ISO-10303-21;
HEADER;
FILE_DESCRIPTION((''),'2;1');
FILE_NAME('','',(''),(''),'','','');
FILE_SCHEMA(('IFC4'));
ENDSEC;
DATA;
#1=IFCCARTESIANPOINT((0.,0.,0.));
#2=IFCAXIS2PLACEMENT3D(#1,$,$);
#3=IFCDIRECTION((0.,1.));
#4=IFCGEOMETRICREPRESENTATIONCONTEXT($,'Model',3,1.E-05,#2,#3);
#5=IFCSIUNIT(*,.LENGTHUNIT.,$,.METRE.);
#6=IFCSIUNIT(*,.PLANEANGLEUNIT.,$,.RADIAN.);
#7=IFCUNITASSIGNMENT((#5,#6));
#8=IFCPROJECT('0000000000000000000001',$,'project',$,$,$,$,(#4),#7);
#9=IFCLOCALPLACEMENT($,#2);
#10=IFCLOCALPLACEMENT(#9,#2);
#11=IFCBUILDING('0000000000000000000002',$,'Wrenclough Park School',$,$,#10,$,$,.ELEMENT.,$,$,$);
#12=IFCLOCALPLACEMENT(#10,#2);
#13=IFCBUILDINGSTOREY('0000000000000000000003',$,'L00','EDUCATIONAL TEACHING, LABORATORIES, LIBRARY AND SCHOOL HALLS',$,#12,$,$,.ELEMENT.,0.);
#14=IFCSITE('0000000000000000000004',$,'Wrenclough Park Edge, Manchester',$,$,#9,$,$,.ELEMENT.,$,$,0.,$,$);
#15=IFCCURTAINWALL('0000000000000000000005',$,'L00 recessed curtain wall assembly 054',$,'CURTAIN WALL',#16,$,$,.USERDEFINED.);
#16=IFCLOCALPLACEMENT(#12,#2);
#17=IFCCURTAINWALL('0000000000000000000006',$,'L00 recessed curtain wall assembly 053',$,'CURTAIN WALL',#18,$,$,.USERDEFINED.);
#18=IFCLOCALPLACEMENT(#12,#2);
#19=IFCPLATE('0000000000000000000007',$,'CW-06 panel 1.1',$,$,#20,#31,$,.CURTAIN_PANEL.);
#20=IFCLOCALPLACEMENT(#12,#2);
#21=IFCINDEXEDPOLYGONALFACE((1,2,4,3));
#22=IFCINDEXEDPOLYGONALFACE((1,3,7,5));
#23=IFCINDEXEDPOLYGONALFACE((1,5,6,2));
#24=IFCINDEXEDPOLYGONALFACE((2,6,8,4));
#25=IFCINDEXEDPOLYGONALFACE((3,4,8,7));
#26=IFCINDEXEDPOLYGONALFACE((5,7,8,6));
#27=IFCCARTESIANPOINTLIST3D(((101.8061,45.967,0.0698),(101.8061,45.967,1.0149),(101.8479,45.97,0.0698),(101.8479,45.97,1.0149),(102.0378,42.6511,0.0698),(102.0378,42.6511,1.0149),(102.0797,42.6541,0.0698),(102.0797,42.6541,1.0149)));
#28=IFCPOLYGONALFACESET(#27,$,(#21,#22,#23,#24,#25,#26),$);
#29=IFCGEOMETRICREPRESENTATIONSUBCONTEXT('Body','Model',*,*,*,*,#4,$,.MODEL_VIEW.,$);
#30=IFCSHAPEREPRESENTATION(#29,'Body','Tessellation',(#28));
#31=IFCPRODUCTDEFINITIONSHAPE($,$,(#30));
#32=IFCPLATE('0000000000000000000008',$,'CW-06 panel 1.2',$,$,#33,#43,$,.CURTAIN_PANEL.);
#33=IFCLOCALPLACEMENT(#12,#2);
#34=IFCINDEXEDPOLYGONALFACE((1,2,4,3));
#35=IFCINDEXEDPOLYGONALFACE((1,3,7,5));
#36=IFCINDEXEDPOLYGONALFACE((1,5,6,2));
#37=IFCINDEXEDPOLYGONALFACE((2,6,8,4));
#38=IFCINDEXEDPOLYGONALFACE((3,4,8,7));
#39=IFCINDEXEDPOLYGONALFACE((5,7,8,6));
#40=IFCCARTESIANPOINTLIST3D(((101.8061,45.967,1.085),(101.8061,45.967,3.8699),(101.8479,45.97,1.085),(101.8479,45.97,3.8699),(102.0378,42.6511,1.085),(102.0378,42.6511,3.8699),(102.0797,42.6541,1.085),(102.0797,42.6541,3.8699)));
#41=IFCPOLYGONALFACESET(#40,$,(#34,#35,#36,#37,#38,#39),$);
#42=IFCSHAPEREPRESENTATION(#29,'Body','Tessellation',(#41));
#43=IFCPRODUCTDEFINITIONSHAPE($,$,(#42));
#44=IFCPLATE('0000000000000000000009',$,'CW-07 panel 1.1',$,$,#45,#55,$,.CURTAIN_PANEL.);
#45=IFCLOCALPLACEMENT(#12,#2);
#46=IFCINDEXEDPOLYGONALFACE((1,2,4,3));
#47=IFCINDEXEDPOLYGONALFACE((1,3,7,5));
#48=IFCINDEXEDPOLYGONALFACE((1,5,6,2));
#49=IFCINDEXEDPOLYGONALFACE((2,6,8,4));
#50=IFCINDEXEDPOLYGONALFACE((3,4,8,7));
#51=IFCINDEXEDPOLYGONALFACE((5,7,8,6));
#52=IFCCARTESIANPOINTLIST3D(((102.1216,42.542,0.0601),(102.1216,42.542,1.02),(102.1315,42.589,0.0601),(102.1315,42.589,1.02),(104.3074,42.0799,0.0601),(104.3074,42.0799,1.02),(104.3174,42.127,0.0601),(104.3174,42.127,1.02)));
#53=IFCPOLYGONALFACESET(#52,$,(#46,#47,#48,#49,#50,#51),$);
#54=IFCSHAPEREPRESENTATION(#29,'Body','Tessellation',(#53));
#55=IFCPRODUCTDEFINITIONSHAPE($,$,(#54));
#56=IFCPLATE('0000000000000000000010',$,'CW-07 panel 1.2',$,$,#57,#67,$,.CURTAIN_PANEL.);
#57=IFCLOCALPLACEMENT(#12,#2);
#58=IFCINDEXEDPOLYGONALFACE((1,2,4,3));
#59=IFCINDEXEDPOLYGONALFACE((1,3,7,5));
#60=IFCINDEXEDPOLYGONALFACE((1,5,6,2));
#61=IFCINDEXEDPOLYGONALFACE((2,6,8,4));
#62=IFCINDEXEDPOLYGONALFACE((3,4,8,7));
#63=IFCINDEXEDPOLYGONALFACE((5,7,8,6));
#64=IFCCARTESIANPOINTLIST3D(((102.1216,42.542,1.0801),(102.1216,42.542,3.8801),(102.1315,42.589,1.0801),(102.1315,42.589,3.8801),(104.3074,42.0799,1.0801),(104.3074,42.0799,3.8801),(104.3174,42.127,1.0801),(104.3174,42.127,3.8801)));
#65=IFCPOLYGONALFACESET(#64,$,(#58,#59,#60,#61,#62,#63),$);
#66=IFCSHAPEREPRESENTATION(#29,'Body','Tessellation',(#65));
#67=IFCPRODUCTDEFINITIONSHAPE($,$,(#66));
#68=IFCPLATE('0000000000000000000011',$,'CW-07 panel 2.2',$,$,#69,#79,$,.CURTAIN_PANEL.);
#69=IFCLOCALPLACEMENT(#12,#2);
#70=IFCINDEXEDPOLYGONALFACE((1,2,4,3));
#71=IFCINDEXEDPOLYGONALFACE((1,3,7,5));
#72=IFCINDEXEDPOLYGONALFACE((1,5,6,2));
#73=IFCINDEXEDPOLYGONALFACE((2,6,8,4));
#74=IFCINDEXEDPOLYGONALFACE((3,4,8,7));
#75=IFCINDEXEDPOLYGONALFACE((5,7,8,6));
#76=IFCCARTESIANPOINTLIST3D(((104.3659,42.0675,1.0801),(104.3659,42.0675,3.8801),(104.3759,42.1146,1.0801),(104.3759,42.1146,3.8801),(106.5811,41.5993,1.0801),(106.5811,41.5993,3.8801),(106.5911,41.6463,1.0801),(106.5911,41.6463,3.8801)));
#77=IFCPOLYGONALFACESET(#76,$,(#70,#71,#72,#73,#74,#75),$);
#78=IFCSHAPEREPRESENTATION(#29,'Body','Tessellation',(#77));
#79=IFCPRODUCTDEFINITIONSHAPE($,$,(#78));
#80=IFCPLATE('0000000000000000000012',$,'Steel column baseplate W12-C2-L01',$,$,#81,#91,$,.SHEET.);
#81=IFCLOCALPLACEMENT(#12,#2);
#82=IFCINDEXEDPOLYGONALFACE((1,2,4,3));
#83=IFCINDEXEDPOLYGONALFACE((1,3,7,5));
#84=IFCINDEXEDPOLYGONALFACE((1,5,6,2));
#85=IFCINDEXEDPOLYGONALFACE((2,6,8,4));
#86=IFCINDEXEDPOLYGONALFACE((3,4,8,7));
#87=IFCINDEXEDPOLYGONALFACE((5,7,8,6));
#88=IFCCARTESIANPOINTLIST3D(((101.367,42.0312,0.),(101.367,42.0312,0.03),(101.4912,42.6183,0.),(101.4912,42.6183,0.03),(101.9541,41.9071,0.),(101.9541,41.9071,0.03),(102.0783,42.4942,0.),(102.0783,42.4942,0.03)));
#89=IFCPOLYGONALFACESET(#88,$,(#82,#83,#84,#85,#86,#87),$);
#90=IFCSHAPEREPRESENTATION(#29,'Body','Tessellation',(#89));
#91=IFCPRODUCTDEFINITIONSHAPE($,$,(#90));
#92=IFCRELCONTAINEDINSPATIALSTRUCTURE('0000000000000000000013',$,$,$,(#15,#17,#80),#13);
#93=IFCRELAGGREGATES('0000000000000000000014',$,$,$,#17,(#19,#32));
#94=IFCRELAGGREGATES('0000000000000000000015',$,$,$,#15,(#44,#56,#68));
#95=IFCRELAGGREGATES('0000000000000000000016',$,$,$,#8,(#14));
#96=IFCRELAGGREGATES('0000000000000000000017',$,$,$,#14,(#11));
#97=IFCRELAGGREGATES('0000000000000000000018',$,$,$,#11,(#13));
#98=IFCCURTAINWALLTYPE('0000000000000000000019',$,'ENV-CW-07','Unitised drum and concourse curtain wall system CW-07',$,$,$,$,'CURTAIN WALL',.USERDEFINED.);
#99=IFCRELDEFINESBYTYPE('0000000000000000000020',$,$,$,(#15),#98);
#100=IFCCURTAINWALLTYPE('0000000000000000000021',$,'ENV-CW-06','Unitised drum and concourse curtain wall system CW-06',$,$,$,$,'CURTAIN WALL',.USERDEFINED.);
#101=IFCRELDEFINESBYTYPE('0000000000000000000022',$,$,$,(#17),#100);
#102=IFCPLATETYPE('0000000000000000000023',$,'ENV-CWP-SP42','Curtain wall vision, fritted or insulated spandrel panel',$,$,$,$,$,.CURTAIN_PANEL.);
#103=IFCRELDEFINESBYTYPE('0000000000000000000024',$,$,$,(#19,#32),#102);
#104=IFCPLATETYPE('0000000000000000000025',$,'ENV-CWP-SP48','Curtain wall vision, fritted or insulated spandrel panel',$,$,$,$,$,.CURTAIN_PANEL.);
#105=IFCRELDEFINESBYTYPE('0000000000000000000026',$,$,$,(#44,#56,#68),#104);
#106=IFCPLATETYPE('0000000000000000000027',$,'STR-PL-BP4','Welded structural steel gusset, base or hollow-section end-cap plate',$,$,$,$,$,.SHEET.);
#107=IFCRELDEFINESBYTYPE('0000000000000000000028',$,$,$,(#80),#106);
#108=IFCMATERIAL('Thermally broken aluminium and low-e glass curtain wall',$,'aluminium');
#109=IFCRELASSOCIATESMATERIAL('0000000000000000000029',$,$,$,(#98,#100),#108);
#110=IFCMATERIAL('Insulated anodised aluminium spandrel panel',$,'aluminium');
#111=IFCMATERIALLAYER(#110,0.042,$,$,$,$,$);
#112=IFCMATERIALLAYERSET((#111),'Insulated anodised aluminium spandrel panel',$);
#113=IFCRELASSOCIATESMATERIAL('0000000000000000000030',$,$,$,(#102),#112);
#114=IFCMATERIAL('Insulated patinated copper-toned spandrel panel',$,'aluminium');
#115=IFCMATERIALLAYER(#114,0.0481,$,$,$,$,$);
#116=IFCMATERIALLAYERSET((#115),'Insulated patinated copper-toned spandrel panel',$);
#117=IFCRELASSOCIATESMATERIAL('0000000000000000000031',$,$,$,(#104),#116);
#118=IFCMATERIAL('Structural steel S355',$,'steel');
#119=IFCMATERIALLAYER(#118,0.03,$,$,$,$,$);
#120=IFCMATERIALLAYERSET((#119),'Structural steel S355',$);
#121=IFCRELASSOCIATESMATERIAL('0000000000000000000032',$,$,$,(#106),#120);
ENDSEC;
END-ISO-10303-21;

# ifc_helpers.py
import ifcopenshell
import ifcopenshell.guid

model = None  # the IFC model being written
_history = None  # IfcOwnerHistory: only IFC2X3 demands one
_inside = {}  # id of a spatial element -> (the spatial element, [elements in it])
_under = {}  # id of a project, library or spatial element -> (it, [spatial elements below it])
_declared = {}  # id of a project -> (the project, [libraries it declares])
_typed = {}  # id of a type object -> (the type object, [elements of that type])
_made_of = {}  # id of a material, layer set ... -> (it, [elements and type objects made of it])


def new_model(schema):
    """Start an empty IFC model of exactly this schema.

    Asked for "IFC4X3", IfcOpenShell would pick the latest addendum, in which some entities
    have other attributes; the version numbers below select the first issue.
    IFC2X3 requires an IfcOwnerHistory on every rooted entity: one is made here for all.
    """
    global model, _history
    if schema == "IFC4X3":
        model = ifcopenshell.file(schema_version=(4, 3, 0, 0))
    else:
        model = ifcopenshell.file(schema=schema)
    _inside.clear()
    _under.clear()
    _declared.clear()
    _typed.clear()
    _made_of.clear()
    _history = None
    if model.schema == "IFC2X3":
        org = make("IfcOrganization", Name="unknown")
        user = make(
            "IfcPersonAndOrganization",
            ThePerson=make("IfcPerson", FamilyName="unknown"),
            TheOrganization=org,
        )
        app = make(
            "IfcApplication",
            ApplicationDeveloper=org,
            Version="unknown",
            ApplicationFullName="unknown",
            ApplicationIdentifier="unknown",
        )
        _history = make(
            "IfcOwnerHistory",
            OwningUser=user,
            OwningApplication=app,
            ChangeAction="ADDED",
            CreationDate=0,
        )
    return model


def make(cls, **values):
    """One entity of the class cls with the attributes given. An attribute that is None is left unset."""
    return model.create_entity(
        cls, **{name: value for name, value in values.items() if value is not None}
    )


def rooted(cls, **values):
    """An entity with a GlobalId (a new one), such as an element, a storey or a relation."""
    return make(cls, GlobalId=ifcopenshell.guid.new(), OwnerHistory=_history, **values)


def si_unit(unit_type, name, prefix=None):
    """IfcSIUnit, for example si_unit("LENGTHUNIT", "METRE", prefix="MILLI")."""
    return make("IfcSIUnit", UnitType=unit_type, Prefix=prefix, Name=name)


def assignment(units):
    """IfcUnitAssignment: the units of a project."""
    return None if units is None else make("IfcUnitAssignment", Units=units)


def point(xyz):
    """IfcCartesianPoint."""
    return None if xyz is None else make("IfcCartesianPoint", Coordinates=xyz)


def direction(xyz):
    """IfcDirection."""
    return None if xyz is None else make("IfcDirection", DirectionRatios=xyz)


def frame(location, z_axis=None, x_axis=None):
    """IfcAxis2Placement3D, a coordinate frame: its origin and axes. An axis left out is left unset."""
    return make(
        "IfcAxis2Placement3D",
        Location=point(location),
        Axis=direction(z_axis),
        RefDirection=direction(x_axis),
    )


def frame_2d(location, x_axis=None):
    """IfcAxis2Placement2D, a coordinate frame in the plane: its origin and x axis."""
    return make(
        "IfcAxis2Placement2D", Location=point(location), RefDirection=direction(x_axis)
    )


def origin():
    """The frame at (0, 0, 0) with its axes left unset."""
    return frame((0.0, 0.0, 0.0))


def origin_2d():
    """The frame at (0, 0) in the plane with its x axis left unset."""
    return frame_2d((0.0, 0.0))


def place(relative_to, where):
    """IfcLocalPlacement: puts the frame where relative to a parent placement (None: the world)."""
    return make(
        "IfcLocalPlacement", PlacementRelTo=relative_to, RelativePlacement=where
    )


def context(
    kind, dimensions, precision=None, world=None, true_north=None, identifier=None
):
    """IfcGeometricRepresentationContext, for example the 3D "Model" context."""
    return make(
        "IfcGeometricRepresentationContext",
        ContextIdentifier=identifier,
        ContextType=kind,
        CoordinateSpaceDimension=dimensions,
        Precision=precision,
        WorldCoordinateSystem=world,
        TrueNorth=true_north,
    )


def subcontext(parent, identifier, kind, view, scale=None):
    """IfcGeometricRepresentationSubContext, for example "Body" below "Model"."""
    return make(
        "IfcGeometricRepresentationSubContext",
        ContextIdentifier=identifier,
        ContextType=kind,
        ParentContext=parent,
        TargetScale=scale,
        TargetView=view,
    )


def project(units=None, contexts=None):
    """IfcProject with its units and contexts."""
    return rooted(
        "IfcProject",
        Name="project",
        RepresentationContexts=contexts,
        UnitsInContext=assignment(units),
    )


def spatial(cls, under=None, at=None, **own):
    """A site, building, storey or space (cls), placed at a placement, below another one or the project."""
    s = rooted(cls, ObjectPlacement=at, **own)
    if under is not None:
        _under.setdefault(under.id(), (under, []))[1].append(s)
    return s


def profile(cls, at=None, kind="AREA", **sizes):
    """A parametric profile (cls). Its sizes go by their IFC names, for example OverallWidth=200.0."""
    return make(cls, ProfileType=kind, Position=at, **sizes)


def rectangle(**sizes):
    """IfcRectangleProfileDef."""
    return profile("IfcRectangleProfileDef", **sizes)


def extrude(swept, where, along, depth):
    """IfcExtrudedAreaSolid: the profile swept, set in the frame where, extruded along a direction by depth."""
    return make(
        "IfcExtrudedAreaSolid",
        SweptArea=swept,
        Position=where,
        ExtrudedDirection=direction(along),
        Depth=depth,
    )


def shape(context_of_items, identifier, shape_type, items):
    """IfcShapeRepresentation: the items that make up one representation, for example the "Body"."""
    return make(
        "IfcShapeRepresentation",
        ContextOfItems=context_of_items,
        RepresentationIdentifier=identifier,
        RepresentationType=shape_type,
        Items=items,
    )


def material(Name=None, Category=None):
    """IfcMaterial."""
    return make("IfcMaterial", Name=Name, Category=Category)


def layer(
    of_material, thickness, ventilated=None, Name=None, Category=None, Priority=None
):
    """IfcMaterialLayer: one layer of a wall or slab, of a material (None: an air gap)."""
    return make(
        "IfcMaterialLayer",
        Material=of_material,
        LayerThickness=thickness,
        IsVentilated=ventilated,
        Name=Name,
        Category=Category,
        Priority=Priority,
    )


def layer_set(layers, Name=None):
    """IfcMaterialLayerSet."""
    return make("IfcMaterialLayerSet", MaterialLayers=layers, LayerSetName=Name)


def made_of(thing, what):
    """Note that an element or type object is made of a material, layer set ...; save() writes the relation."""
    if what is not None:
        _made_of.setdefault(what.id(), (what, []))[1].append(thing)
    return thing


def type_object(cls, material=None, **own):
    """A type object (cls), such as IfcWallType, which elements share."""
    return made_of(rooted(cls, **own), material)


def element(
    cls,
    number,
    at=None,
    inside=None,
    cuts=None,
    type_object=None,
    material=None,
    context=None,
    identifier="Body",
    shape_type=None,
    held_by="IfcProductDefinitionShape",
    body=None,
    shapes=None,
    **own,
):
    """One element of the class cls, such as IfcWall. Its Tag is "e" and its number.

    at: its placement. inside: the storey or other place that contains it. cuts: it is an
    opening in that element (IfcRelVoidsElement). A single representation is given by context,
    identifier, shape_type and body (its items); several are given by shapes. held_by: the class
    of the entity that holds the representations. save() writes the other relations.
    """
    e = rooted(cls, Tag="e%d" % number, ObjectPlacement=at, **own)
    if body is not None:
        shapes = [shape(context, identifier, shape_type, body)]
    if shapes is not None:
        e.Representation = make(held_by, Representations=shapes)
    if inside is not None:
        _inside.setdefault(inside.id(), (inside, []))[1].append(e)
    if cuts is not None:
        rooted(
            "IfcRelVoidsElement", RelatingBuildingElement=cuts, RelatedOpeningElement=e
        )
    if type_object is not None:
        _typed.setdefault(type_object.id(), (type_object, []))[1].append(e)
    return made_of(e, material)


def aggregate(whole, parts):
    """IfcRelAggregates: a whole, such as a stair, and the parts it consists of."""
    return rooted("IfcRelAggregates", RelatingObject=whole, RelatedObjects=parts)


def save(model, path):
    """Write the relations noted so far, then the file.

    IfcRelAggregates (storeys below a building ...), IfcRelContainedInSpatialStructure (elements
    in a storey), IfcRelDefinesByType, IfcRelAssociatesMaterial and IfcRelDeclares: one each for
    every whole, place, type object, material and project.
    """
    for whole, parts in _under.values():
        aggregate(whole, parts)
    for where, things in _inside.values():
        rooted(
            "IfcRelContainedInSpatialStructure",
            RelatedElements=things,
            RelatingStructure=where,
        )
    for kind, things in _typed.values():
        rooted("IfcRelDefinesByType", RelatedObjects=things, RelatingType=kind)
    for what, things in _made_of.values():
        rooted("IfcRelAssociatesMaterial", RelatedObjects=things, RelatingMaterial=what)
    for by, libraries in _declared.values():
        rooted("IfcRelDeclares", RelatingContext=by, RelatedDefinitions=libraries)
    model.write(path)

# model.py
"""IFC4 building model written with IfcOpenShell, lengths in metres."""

from ifc_helpers import new_model, si_unit, direction, frame, origin, origin_2d, place, context, subcontext, project, spatial, rectangle, extrude, material, layer, layer_set, type_object, element, aggregate, save


model = new_model("IFC4")

# Units and contexts
model_context = context("Model", 3, precision=1e-05, world=origin(), true_north=direction((0.0, 1.0)))
body_context = subcontext(model_context, "Body", "Model", "MODEL_VIEW")
ifc_project = project(units=[si_unit("LENGTHUNIT", "METRE"), si_unit("PLANEANGLEUNIT", "RADIAN")], contexts=[model_context])

# Site, building, storey
site_placement = place(None, origin())
site = spatial("IfcSite", under=ifc_project, at=site_placement, Name="Wrenclough Park Edge, Manchester", CompositionType="ELEMENT", RefElevation=0.0)
building_placement = place(site_placement, origin())
building = spatial("IfcBuilding", under=site, at=building_placement, Name="Wrenclough Park School", CompositionType="ELEMENT")
storey_placement = place(building_placement, origin())
storey = spatial("IfcBuildingStorey", under=building, at=storey_placement, Name="L00", Description="EDUCATIONAL TEACHING, LABORATORIES, LIBRARY AND SCHOOL HALLS", CompositionType="ELEMENT", Elevation=0.0)

# Shared definitions
ifc_material_1 = material(Name="Structural steel S355", Category="steel")

# Curtain wall
ifc_material_2 = material(Name="Thermally broken aluminium and low-e glass curtain wall", Category="aluminium")
curtain_wall_type_1 = type_object("IfcCurtainWallType", Name="ENV-CW-07", Description="Unitised drum and concourse curtain wall system CW-07", ElementType="CURTAIN WALL", PredefinedType="USERDEFINED", material=ifc_material_2)
curtain_wall_1_placement = place(storey_placement, origin())
curtain_wall_1 = element("IfcCurtainWall", 1, at=curtain_wall_1_placement, inside=storey, type_object=curtain_wall_type_1, Name="L00 recessed curtain wall assembly 054", ObjectType="CURTAIN WALL", PredefinedType="USERDEFINED")

# Curtain wall
curtain_wall_type_2 = type_object("IfcCurtainWallType", Name="ENV-CW-06", Description="Unitised drum and concourse curtain wall system CW-06", ElementType="CURTAIN WALL", PredefinedType="USERDEFINED", material=ifc_material_2)
curtain_wall_2_placement = place(storey_placement, origin())
curtain_wall_2 = element("IfcCurtainWall", 2, at=curtain_wall_2_placement, inside=storey, type_object=curtain_wall_type_2, Name="L00 recessed curtain wall assembly 053", ObjectType="CURTAIN WALL", PredefinedType="USERDEFINED")

# Plates
ifc_material_3 = material(Name="Insulated anodised aluminium spandrel panel", Category="aluminium")
ifc_layer_1 = layer(ifc_material_3, 0.042)
ifc_layer_set_1 = layer_set([ifc_layer_1], Name="Insulated anodised aluminium spandrel panel")
plate_type_1 = type_object("IfcPlateType", Name="ENV-CWP-SP42", Description="Curtain wall vision, fritted or insulated spandrel panel", PredefinedType="CURTAIN_PANEL", material=ifc_layer_set_1)
plate_1_placement = place(storey_placement, frame((101.9429, 44.3105, 0.0698), z_axis=(0.0, 0.0, 1.0), x_axis=(0.069719, -0.997567, 0.0)))
plate_1 = element("IfcPlate", 3, at=plate_1_placement, type_object=plate_type_1, Name="CW-06 panel 1.1", PredefinedType="CURTAIN_PANEL", context=body_context, shape_type="SweptSolid", body=[
    extrude(rectangle(XDim=3.324, YDim=0.042, at=origin_2d()), origin(), (0.0, 0.0, 1.0), 0.9451),
])
plate_2_placement = place(storey_placement, frame((101.9429, 44.3105, 1.085), z_axis=(0.0, 0.0, 1.0), x_axis=(0.069719, -0.997567, 0.0)))
plate_2 = element("IfcPlate", 4, at=plate_2_placement, type_object=plate_type_1, Name="CW-06 panel 1.2", PredefinedType="CURTAIN_PANEL", context=body_context, shape_type="SweptSolid", body=[
    extrude(rectangle(XDim=3.324, YDim=0.042, at=origin_2d()), origin(), (0.0, 0.0, 1.0), 2.7849),
])
aggregate(curtain_wall_2, [plate_1, plate_2])
ifc_material_4 = material(Name="Insulated patinated copper-toned spandrel panel", Category="aluminium")
ifc_layer_2 = layer(ifc_material_4, 0.0481)
ifc_layer_set_2 = layer_set([ifc_layer_2], Name="Insulated patinated copper-toned spandrel panel")
plate_type_2 = type_object("IfcPlateType", Name="ENV-CWP-SP48", Description="Curtain wall vision, fritted or insulated spandrel panel", PredefinedType="CURTAIN_PANEL", material=ifc_layer_set_2)
plate_3_placement = place(storey_placement, frame((103.2195, 42.3345, 0.0601), z_axis=(0.0, 0.0, 1.0), x_axis=(0.978379, -0.20682, 0.0)))
plate_3 = element("IfcPlate", 5, at=plate_3_placement, type_object=plate_type_2, Name="CW-07 panel 1.1", PredefinedType="CURTAIN_PANEL", context=body_context, shape_type="SweptSolid", body=[
    extrude(rectangle(XDim=2.2341, YDim=0.0481, at=origin_2d()), origin(), (0.0, 0.0, 1.0), 0.96),
])
plate_4_placement = place(storey_placement, frame((103.2195, 42.3345, 1.0801), z_axis=(0.0, 0.0, 1.0), x_axis=(0.978379, -0.20682, 0.0)))
plate_4 = element("IfcPlate", 6, at=plate_4_placement, type_object=plate_type_2, Name="CW-07 panel 1.2", PredefinedType="CURTAIN_PANEL", context=body_context, shape_type="SweptSolid", body=[
    extrude(rectangle(XDim=2.2341, YDim=0.0481, at=origin_2d()), origin(), (0.0, 0.0, 1.0), 2.8),
])
plate_5_placement = place(storey_placement, frame((105.4785, 41.8569, 1.0801), z_axis=(0.0, 0.0, 1.0), x_axis=(0.978379, -0.20682, 0.0)))
plate_5 = element("IfcPlate", 7, at=plate_5_placement, type_object=plate_type_2, Name="CW-07 panel 2.2", PredefinedType="CURTAIN_PANEL", context=body_context, shape_type="SweptSolid", body=[
    extrude(rectangle(XDim=2.2642, YDim=0.0481, at=origin_2d()), origin(), (0.0, 0.0, 1.0), 2.8),
])
aggregate(curtain_wall_1, [plate_3, plate_4, plate_5])
ifc_layer_3 = layer(ifc_material_1, 0.03)
ifc_layer_set_3 = layer_set([ifc_layer_3], Name="Structural steel S355")
plate_type_3 = type_object("IfcPlateType", Name="STR-PL-BP4", Description="Welded structural steel gusset, base or hollow-section end-cap plate", PredefinedType="SHEET", material=ifc_layer_set_3)
plate_6_placement = place(storey_placement, frame((101.7227, 42.2627, 0.0), z_axis=(0.0, 0.0, 1.0), x_axis=(0.978365, -0.206887, 0.0)))
element("IfcPlate", 8, at=plate_6_placement, inside=storey, type_object=plate_type_3, Name="Steel column baseplate W12-C2-L01", PredefinedType="SHEET", context=body_context, shape_type="SweptSolid", body=[
    extrude(rectangle(XDim=0.6001, YDim=0.6001, at=origin_2d()), origin(), (0.0, 0.0, 1.0), 0.03),
])

save(model, "model.ifc")
